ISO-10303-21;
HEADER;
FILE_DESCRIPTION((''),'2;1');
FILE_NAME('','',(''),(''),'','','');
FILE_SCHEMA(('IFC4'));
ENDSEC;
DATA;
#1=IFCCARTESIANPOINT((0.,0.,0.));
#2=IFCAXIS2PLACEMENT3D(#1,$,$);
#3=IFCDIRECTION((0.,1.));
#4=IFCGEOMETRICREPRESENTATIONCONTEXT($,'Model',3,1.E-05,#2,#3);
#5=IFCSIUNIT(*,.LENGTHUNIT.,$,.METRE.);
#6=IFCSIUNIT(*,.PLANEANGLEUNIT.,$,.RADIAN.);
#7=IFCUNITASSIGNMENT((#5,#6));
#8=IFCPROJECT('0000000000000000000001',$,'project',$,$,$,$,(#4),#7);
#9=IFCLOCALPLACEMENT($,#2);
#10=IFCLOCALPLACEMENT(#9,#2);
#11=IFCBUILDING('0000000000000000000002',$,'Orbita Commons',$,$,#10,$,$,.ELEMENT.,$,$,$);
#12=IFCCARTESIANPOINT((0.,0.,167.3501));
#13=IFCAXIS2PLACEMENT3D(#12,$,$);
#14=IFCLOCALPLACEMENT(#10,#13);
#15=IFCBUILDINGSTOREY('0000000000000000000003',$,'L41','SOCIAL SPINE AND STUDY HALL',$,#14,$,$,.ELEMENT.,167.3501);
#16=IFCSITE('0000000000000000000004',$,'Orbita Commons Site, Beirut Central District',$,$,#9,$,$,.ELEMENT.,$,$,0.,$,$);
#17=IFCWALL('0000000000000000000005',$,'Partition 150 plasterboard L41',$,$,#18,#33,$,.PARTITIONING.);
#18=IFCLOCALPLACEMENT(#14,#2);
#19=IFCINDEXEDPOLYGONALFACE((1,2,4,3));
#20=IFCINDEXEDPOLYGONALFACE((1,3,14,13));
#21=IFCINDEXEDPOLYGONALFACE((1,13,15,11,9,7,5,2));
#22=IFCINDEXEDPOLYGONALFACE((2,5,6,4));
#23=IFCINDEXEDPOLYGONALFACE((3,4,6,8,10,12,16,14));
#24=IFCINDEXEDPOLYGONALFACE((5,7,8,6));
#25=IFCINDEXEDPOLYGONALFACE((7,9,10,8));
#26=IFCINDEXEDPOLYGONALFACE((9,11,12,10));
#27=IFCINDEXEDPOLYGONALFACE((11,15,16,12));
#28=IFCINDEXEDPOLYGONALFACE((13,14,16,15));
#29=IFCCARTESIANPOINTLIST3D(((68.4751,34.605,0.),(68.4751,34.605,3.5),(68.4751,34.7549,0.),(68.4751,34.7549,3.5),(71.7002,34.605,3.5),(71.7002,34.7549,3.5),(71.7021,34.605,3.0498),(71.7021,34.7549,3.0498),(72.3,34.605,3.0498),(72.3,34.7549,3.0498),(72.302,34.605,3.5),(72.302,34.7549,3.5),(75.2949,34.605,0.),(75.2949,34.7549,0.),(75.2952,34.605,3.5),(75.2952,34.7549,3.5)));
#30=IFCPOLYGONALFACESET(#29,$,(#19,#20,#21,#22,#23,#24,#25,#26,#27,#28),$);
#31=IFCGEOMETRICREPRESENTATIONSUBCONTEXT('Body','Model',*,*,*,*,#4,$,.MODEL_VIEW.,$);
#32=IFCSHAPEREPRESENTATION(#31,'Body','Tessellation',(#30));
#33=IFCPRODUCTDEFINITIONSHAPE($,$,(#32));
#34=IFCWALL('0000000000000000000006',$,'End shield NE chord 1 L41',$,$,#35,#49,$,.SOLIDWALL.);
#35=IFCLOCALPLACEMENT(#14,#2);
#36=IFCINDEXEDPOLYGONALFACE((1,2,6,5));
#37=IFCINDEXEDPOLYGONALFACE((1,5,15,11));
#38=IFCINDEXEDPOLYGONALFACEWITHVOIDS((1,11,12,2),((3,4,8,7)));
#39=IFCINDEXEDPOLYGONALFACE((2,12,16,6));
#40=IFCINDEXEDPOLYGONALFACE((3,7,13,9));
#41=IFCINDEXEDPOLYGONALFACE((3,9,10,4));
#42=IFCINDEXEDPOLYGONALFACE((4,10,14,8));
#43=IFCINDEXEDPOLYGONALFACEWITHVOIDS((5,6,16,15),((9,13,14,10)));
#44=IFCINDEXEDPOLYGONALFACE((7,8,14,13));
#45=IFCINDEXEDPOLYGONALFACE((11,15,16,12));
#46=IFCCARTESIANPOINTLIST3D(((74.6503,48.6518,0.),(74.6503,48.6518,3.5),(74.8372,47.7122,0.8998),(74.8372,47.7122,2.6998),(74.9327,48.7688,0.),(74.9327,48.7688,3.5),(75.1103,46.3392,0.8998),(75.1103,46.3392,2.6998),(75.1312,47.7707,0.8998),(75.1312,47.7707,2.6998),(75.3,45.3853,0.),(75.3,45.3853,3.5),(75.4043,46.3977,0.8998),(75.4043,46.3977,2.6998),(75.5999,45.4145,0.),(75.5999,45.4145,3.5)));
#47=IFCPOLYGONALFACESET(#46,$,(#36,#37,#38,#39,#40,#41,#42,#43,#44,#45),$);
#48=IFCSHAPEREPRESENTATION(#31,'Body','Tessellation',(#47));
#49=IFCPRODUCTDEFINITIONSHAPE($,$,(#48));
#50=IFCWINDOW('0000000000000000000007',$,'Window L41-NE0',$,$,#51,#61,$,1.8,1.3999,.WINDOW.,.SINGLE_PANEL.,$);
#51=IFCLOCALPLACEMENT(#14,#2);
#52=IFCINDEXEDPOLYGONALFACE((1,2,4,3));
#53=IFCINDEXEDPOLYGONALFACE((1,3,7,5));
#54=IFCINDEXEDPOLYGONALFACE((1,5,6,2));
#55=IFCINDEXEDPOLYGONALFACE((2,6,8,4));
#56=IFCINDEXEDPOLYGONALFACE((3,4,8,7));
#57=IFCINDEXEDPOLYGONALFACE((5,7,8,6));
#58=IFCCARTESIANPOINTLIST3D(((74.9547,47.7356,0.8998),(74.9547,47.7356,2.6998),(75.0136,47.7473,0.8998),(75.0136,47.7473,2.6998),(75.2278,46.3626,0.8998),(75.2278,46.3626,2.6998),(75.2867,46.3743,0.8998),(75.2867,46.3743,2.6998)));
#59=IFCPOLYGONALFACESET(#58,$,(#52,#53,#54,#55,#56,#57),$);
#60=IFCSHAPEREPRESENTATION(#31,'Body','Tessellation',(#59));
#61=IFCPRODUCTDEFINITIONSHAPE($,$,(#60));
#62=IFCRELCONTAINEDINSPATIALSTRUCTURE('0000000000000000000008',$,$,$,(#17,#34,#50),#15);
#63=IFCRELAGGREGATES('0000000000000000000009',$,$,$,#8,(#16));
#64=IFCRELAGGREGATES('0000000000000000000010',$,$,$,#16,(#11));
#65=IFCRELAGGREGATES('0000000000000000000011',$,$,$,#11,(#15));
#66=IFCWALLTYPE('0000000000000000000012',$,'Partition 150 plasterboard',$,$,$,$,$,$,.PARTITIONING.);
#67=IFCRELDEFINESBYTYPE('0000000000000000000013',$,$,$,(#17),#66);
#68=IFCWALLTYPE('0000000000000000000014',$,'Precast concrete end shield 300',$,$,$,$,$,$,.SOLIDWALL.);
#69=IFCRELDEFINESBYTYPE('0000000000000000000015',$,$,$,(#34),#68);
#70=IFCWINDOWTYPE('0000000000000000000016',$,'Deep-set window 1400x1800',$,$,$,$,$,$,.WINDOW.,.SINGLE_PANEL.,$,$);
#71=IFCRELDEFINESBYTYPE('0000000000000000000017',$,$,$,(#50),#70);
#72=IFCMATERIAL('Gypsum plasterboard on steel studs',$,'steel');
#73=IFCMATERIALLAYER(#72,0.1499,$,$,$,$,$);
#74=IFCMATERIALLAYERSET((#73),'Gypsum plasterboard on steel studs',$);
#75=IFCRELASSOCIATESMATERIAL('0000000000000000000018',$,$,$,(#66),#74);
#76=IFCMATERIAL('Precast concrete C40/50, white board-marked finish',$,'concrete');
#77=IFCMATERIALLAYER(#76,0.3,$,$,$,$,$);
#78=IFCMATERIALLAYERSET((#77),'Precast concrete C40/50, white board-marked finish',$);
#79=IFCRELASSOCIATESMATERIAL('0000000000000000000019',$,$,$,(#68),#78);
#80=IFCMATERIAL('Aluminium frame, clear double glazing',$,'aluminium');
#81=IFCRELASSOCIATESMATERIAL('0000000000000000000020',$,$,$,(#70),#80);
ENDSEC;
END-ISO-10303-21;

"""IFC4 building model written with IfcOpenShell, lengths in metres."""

from ifc_helpers import new_model, si_unit, direction, frame, frame_2d, origin, place, context, subcontext, project, spatial, polyline, rectangle, outline, extrude, material, layer, layer_set, type_object, element, fill, save


model = new_model("IFC4")

# Units and contexts
model_context = context("Model", 3, precision=1e-05, world=origin(), true_north=direction((0.0, 1.0)))
body_context = subcontext(model_context, "Body", "Model", "MODEL_VIEW")
ifc_project = project(units=[si_unit("LENGTHUNIT", "METRE"), si_unit("PLANEANGLEUNIT", "RADIAN")], contexts=[model_context])

# Site, building, storey
site_placement = place(None, origin())
site = spatial("IfcSite", under=ifc_project, at=site_placement, Name="Orbita Commons Site, Beirut Central District", CompositionType="ELEMENT", RefElevation=0.0)
building_placement = place(site_placement, origin())
building = spatial("IfcBuilding", under=site, at=building_placement, Name="Orbita Commons", CompositionType="ELEMENT")
storey_placement = place(building_placement, frame((0.0, 0.0, 167.3501)))
storey = spatial("IfcBuildingStorey", under=building, at=storey_placement, Name="L41", Description="SOCIAL SPINE AND STUDY HALL", CompositionType="ELEMENT", Elevation=167.3501)

# Shared definitions
ifc_material_1 = material(Name="Gypsum plasterboard on steel studs", Category="steel")
ifc_layer_1 = layer(ifc_material_1, 0.1499)
ifc_layer_set_1 = layer_set([ifc_layer_1], Name="Gypsum plasterboard on steel studs")
wall_type_1 = type_object("IfcWallType", Name="Partition 150 plasterboard", PredefinedType="PARTITIONING", material=ifc_layer_set_1)

# Wall
for number, where, z_axis, x_axis, name in (
    (1, (68.4751, 34.6799, 0.0), (0.0, 0.0, 1.0), (1.0, 0.0, 0.0), "Partition 150 plasterboard L41"),
):
    element("IfcWall", number, at=place(storey_placement, frame(where, z_axis=z_axis, x_axis=x_axis)), inside=storey, type_object=wall_type_1, Name=name, PredefinedType="PARTITIONING", context=body_context, shape_type="SweptSolid", body=[
        extrude(outline(polyline([(0.0, 0.0), (6.8198, 0.0), (6.8201, 3.5), (3.8269, 3.5), (3.825, 3.0498), (3.2271, 3.0498), (3.2251, 3.5), (0.0, 3.5), (0.0, 0.0)])), frame((0.0, 0.075, 0.0), z_axis=(0.0, -1.0, 0.0), x_axis=(1.0, 0.0, 0.0)), (0.0, 0.0, 1.0), 0.1499),
    ])

# Wall, opening, window
ifc_material_2 = material(Name="Precast concrete C40/50, white board-marked finish", Category="concrete")
ifc_layer_2 = layer(ifc_material_2, 0.3)
ifc_layer_set_2 = layer_set([ifc_layer_2], Name="Precast concrete C40/50, white board-marked finish")
wall_type_2 = type_object("IfcWallType", Name="Precast concrete end shield 300", PredefinedType="SOLIDWALL", material=ifc_layer_set_2)
wall_1_placement = place(storey_placement, frame((75.45, 45.3999, 0.0), z_axis=(0.0, 0.0, 1.0), x_axis=(-0.195087, 0.980786, 0.0)))
wall_1 = element("IfcWall", 2, at=wall_1_placement, inside=storey, type_object=wall_type_2, Name="End shield NE chord 1 L41", PredefinedType="SOLIDWALL", context=body_context, shape_type="SweptSolid", body=[
    extrude(outline(polyline([(-0.0149, -0.1499), (3.405, -0.1499), (3.3455, 0.1499), (0.0149, 0.1499), (-0.0149, -0.1499)])), origin(), (0.0, 0.0, 1.0), 3.5),
])
opening_1_placement = place(wall_1_placement, frame((0.9875, 0.0, 0.8999)))
opening_1 = element("IfcOpeningElement", 3, at=opening_1_placement, cuts=wall_1, PredefinedType="OPENING", context=body_context, shape_type="SweptSolid", body=[
    extrude(rectangle(XDim=1.3999, YDim=1.8, at=frame_2d((0.7, 0.8999))), frame((0.0, 0.1599, 0.0), z_axis=(0.0, -1.0, 0.0), x_axis=(1.0, 0.0, 0.0)), (0.0, 0.0, 1.0), 0.3201),
])
ifc_material_3 = material(Name="Aluminium frame, clear double glazing", Category="aluminium")
window_type = type_object("IfcWindowType", Name="Deep-set window 1400x1800", PartitioningType="SINGLE_PANEL", PredefinedType="WINDOW", material=ifc_material_3)
window_placement = place(opening_1_placement, origin())
window = element("IfcWindow", 4, at=window_placement, inside=storey, type_object=window_type, Name="Window L41-NE0", OverallHeight=1.8, OverallWidth=1.3999, PartitioningType="SINGLE_PANEL", PredefinedType="WINDOW", context=body_context, shape_type="SweptSolid", body=[
    extrude(rectangle(XDim=1.3999, YDim=1.8, at=frame_2d((0.7, 0.8999))), frame((0.0, 0.03, 0.0), z_axis=(0.0, -1.0, 0.0), x_axis=(1.0, 0.0, 0.0)), (0.0, 0.0, 1.0), 0.0601),
])
fill(opening_1, window)

save(model, "model.ifc")
